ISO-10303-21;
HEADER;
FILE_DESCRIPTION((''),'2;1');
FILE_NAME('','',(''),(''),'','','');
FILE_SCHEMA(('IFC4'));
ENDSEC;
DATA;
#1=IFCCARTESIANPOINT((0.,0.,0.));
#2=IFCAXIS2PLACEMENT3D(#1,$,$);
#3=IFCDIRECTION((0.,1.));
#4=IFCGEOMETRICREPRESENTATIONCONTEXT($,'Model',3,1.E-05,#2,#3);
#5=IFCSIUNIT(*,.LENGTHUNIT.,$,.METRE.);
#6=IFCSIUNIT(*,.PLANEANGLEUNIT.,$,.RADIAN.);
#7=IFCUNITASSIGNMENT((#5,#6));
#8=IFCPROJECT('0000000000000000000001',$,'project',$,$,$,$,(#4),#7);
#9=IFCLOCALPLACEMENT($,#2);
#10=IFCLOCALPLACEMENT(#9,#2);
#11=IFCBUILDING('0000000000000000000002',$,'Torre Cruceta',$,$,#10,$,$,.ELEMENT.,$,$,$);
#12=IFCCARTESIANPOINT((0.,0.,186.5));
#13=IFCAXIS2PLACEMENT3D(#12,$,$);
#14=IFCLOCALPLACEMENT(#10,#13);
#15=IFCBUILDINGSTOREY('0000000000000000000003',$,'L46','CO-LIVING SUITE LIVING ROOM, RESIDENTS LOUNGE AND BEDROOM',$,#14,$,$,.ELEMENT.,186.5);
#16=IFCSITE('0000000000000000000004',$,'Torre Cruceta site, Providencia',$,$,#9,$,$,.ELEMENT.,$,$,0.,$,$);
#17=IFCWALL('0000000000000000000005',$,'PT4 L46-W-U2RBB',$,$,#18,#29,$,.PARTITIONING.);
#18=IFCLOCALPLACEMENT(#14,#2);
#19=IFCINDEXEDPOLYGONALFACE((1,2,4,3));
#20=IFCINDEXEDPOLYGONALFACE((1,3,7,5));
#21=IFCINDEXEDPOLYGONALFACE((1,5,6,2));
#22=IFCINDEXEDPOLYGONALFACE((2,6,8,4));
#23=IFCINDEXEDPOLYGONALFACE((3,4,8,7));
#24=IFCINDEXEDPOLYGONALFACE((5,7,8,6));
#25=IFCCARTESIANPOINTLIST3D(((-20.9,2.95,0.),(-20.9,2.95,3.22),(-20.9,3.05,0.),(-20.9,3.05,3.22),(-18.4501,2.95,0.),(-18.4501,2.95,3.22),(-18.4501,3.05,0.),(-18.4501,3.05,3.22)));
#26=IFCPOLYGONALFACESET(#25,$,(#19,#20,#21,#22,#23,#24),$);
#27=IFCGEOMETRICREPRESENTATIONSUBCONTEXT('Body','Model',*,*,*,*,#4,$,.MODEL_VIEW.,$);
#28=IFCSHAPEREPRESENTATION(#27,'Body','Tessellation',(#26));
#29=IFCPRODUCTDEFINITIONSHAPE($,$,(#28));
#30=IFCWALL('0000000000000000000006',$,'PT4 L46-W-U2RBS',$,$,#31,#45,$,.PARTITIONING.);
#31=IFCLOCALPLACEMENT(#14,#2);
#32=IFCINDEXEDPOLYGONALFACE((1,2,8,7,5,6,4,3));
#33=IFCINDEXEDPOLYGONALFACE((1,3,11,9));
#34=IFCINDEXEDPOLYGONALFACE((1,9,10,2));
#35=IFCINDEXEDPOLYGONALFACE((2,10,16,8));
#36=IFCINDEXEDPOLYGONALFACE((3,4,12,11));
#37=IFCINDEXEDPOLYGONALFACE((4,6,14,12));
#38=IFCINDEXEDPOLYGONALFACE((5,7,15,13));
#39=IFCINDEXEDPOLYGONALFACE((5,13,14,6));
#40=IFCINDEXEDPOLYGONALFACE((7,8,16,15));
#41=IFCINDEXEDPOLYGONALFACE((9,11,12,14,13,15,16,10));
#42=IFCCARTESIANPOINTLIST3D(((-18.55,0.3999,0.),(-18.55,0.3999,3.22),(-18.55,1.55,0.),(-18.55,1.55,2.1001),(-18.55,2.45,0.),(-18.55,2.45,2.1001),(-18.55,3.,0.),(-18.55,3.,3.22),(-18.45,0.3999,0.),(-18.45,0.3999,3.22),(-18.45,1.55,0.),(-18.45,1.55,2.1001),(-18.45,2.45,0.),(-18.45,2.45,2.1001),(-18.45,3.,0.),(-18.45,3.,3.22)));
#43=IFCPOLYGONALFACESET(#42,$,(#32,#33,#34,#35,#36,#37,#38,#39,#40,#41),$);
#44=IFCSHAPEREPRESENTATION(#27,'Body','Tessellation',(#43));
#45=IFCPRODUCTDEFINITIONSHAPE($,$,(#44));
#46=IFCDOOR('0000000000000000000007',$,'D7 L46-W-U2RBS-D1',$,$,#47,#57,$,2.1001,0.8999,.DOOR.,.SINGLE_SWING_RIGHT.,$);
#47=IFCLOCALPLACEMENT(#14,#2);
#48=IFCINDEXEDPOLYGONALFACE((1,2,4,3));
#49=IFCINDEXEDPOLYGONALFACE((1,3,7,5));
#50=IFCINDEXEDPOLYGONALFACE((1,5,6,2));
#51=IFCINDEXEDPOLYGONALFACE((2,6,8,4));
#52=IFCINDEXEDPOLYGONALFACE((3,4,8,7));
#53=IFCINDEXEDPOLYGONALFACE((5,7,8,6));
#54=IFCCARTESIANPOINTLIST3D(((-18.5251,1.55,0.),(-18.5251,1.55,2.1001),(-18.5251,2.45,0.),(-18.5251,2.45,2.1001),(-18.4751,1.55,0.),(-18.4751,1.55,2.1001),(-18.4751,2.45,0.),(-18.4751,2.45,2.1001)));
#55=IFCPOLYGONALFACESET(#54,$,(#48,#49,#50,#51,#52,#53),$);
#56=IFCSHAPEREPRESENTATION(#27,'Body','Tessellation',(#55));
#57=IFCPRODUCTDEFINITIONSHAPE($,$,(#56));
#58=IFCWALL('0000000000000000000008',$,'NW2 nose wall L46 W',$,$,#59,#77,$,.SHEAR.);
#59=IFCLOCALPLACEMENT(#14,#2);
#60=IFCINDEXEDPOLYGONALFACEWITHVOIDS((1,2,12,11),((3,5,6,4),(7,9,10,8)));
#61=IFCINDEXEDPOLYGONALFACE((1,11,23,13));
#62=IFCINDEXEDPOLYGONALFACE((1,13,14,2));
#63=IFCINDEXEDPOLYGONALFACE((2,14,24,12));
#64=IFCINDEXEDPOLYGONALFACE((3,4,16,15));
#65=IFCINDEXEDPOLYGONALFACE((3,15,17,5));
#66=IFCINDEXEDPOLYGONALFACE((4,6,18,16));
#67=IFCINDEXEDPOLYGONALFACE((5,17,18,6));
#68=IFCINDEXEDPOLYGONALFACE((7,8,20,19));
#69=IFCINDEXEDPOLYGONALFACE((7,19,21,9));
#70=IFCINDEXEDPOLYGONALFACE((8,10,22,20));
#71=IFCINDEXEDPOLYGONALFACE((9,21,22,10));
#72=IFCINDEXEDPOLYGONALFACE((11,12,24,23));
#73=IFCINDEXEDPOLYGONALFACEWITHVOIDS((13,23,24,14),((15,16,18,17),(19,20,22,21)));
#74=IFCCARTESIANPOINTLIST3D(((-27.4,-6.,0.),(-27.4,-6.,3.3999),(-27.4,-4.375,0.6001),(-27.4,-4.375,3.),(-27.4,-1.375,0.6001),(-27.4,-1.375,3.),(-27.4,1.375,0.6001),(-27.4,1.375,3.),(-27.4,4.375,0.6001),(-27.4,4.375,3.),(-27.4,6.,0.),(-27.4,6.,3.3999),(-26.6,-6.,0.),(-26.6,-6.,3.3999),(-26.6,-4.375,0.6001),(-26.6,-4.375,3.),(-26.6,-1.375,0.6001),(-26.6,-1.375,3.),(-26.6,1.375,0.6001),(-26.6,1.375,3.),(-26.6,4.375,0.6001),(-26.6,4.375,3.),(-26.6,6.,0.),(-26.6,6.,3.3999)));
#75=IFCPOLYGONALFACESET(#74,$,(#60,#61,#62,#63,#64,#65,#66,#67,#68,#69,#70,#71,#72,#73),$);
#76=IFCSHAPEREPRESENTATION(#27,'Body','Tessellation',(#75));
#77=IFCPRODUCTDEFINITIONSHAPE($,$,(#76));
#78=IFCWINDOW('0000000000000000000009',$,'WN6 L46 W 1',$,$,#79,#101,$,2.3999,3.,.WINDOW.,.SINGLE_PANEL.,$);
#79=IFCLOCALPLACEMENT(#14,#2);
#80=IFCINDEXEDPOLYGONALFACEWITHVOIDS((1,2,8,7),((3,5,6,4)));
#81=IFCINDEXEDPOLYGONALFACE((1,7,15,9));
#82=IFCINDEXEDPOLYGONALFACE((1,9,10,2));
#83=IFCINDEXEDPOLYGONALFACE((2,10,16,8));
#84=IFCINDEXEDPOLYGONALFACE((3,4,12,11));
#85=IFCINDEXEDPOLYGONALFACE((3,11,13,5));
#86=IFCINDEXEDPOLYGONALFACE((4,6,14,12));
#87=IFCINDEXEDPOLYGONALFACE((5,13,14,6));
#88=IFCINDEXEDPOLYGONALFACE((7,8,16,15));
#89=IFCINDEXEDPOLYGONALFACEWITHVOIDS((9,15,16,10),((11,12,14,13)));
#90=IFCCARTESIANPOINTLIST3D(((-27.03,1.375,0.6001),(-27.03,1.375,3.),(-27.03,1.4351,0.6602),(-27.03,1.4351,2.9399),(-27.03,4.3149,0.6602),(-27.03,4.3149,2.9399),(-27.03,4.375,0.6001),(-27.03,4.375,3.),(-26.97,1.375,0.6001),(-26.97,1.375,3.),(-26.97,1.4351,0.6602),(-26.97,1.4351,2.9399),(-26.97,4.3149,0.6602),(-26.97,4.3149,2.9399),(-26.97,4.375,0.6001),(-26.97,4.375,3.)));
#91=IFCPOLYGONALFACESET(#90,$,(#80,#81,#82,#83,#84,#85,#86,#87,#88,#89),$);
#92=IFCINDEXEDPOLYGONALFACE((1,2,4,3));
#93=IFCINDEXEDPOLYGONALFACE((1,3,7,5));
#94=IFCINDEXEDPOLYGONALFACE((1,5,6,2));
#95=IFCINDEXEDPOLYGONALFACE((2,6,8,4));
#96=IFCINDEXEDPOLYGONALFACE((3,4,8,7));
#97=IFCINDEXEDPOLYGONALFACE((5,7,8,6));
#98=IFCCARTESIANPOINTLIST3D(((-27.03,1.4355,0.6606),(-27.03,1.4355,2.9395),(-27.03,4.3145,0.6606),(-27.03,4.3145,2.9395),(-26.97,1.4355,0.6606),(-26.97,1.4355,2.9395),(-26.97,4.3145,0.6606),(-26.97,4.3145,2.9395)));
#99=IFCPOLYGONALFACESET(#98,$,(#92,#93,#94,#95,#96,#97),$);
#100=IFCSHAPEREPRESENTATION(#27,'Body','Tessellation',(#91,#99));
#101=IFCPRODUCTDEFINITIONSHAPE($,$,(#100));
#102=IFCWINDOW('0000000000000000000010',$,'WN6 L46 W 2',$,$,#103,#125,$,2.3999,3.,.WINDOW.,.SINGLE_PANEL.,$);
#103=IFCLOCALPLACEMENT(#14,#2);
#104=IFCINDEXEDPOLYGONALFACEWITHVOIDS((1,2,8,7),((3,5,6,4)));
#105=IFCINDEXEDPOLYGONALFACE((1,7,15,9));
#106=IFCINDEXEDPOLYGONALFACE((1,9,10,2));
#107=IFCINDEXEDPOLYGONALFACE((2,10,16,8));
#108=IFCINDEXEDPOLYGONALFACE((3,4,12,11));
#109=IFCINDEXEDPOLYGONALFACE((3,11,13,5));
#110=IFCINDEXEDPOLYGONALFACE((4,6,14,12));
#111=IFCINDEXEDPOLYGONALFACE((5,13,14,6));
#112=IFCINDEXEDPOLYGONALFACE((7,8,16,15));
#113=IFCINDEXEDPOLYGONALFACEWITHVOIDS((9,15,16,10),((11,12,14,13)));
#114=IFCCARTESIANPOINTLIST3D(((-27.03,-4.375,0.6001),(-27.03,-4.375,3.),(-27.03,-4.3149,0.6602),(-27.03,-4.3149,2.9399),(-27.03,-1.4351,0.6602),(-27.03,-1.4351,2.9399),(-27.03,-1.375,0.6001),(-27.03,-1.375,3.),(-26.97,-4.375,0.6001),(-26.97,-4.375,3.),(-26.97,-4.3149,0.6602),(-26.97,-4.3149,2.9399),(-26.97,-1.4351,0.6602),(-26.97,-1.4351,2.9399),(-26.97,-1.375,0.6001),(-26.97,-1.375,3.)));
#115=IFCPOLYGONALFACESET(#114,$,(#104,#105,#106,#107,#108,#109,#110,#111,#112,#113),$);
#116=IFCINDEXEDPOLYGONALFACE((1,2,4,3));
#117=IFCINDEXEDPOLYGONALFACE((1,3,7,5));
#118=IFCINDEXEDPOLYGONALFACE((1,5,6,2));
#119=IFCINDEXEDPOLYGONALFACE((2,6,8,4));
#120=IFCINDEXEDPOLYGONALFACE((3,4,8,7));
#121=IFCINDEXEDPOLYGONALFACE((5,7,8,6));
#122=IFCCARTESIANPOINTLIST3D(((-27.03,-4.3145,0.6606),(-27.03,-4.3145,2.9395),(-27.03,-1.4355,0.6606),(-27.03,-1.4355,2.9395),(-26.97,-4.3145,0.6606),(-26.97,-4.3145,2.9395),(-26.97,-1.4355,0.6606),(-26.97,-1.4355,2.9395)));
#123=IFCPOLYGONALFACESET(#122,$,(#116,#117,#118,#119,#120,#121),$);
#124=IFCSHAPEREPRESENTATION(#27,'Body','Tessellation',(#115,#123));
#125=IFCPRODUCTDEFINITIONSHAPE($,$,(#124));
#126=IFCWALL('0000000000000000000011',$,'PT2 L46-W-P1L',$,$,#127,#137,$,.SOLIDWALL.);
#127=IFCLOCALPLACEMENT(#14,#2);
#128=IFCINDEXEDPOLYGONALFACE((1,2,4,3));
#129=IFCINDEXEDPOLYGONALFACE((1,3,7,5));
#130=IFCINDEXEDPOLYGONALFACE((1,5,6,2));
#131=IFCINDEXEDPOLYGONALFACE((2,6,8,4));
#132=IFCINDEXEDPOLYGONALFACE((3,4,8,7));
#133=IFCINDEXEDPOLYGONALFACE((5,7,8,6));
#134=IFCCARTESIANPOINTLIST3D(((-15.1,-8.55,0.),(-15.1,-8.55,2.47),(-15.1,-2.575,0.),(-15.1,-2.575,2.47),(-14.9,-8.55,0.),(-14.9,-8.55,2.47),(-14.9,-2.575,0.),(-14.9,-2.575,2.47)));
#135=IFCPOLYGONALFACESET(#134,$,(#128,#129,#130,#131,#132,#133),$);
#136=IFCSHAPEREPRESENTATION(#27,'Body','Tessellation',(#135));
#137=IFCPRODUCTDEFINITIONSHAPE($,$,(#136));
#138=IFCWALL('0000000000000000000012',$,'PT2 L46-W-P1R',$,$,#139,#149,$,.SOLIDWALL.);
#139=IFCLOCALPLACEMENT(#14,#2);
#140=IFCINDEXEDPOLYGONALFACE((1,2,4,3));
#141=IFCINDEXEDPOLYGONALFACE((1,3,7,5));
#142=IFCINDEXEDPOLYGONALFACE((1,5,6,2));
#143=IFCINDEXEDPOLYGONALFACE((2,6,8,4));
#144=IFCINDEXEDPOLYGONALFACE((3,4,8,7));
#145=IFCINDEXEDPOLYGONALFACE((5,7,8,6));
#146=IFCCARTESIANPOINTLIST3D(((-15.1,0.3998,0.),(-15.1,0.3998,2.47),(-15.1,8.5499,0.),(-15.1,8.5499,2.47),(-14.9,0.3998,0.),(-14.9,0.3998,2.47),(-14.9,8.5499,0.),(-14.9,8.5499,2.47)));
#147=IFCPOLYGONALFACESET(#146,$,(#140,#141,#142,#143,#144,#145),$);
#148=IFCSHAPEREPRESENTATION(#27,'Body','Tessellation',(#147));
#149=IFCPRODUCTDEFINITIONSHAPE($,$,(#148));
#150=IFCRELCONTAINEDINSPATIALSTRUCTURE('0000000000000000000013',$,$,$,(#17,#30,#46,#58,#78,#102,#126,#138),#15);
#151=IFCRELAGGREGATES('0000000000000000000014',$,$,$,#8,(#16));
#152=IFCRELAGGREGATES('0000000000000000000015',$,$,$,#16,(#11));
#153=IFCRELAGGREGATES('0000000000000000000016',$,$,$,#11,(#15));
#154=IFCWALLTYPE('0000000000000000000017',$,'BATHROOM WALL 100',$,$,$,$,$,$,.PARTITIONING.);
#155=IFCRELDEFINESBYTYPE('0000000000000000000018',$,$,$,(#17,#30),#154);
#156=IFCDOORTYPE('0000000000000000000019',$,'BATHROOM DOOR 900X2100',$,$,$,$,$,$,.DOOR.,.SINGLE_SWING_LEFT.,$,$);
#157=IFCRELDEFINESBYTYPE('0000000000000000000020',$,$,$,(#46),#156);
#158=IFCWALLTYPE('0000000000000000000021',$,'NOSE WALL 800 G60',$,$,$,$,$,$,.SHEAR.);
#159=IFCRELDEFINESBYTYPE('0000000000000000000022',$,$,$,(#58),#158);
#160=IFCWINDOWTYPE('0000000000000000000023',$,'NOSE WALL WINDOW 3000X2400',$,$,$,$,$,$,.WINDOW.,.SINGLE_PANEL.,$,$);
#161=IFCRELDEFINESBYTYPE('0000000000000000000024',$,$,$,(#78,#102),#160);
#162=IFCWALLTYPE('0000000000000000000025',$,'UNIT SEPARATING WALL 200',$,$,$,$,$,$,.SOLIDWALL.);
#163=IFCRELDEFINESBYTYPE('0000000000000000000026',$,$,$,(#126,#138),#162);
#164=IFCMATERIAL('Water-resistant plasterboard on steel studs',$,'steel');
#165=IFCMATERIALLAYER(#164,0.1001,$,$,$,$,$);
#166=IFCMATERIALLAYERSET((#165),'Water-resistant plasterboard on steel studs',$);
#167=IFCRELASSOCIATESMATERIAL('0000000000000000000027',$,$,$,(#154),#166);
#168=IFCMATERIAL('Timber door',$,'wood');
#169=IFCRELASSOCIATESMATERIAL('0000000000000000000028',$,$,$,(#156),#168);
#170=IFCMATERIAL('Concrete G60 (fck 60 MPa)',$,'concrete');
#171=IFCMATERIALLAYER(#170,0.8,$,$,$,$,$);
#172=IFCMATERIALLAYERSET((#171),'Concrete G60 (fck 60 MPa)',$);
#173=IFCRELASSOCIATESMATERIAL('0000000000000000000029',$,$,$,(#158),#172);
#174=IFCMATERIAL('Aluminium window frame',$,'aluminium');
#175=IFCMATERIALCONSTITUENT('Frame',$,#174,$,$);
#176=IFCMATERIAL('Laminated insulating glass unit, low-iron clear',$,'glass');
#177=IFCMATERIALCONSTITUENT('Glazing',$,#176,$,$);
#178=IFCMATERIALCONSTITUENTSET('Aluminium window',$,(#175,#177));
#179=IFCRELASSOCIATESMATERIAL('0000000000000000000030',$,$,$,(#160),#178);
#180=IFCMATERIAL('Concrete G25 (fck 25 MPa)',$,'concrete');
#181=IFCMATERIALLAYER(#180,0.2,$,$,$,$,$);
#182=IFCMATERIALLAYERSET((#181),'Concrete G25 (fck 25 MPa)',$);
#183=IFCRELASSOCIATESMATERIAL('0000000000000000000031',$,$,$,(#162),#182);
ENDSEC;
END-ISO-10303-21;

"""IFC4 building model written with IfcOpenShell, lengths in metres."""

from ifc_helpers import new_model, si_unit, direction, frame, frame_2d, origin, place, context, subcontext, project, spatial, rectangle, hollow_rectangle, extrude, material, layer, layer_set, constituent, constituent_set, type_object, element, fill, save


model = new_model("IFC4")

# Units and contexts
model_context = context("Model", 3, precision=1e-05, world=origin(), true_north=direction((0.0, 1.0)))
body_context = subcontext(model_context, "Body", "Model", "MODEL_VIEW")
ifc_project = project(units=[si_unit("LENGTHUNIT", "METRE"), si_unit("PLANEANGLEUNIT", "RADIAN")], contexts=[model_context])

# Site, building, storey
site_placement = place(None, origin())
site = spatial("IfcSite", under=ifc_project, at=site_placement, Name="Torre Cruceta site, Providencia", CompositionType="ELEMENT", RefElevation=0.0)
building_placement = place(site_placement, origin())
building = spatial("IfcBuilding", under=site, at=building_placement, Name="Torre Cruceta", CompositionType="ELEMENT")
storey_placement = place(building_placement, frame((0.0, 0.0, 186.5)))
storey = spatial("IfcBuildingStorey", under=building, at=storey_placement, Name="L46", Description="CO-LIVING SUITE LIVING ROOM, RESIDENTS LOUNGE AND BEDROOM", CompositionType="ELEMENT", Elevation=186.5)

# Wall
ifc_material_1 = material(Name="Water-resistant plasterboard on steel studs", Category="steel")
ifc_layer_1 = layer(ifc_material_1, 0.1001)
ifc_layer_set_1 = layer_set([ifc_layer_1], Name="Water-resistant plasterboard on steel studs")
wall_type_1 = type_object("IfcWallType", Name="BATHROOM WALL 100", PredefinedType="PARTITIONING", material=ifc_layer_set_1)
wall_1_placement = place(storey_placement, frame((-18.45, 3.0, 0.0), z_axis=(0.0, 0.0, 1.0), x_axis=(-1.0, 0.0, 0.0)))
element("IfcWall", 1, at=wall_1_placement, inside=storey, type_object=wall_type_1, Name="PT4 L46-W-U2RBB", PredefinedType="PARTITIONING", context=body_context, shape_type="SweptSolid", body=[
    extrude(rectangle(XDim=2.45, YDim=0.1001, at=frame_2d((1.2251, 0.0))), origin(), (0.0, 0.0, 1.0), 3.22),
])

# Wall, opening, door
wall_2_placement = place(storey_placement, frame((-18.5, 3.0, 0.0), z_axis=(0.0, 0.0, 1.0), x_axis=(0.0, -1.0, 0.0)))
wall_2 = element("IfcWall", 2, at=wall_2_placement, inside=storey, type_object=wall_type_1, Name="PT4 L46-W-U2RBS", PredefinedType="PARTITIONING", context=body_context, shape_type="SweptSolid", body=[
    extrude(rectangle(XDim=2.6001, YDim=0.1001, at=frame_2d((1.3, 0.0))), origin(), (0.0, 0.0, 1.0), 3.22),
])
opening_1_placement = place(wall_2_placement, frame((0.55, 0.0, 0.0)))
opening_1 = element("IfcOpeningElement", 3, at=opening_1_placement, cuts=wall_2, PredefinedType="OPENING", context=body_context, shape_type="SweptSolid", body=[
    extrude(rectangle(XDim=0.8999, YDim=2.1001, at=frame_2d((0.45, 1.05))), frame((0.0, 0.0601, 0.0), z_axis=(0.0, -1.0, 0.0), x_axis=(1.0, 0.0, 0.0)), (0.0, 0.0, 1.0), 0.1201),
])
ifc_material_2 = material(Name="Timber door", Category="wood")
door_type_1 = type_object("IfcDoorType", Name="BATHROOM DOOR 900X2100", OperationType="SINGLE_SWING_LEFT", PredefinedType="DOOR", material=ifc_material_2)
door_1_placement = place(opening_1_placement, frame((0.8999, 0.0, 0.0), z_axis=(0.0, 0.0, 1.0), x_axis=(-1.0, 0.0, 0.0)))
door_1 = element("IfcDoor", 4, at=door_1_placement, inside=storey, type_object=door_type_1, Name="D7 L46-W-U2RBS-D1", OperationType="SINGLE_SWING_RIGHT", OverallHeight=2.1001, OverallWidth=0.8999, PredefinedType="DOOR", context=body_context, shape_type="SweptSolid", body=[
    extrude(rectangle(XDim=0.8999, YDim=2.1001, at=frame_2d((0.45, 1.05))), frame((0.0, 0.0251, 0.0), z_axis=(0.0, -1.0, 0.0), x_axis=(1.0, 0.0, 0.0)), (0.0, 0.0, 1.0), 0.05),
])
fill(opening_1, door_1)

# Wall, openings, windows
ifc_material_3 = material(Name="Concrete G60 (fck 60 MPa)", Category="concrete")
ifc_layer_2 = layer(ifc_material_3, 0.8)
ifc_layer_set_2 = layer_set([ifc_layer_2], Name="Concrete G60 (fck 60 MPa)")
wall_type_2 = type_object("IfcWallType", Name="NOSE WALL 800 G60", PredefinedType="SHEAR", material=ifc_layer_set_2)
wall_3_placement = place(storey_placement, frame((-27.0, 6.0, 0.0), z_axis=(0.0, 0.0, 1.0), x_axis=(0.0, -1.0, 0.0)))
wall_3 = element("IfcWall", 5, at=wall_3_placement, inside=storey, type_object=wall_type_2, Name="NW2 nose wall L46 W", PredefinedType="SHEAR", context=body_context, shape_type="SweptSolid", body=[
    extrude(rectangle(XDim=12.0, YDim=0.8, at=frame_2d((6.0, 0.0))), origin(), (0.0, 0.0, 1.0), 3.3999),
])
opening_2_placement = place(wall_3_placement, frame((1.625, 0.0, 0.6001)))
opening_2 = element("IfcOpeningElement", 6, at=opening_2_placement, cuts=wall_3, PredefinedType="OPENING", context=body_context, shape_type="SweptSolid", body=[
    extrude(rectangle(XDim=3.0, YDim=2.3999, at=frame_2d((1.5, 1.2))), frame((0.0, 0.4099, 0.0), z_axis=(0.0, -1.0, 0.0), x_axis=(1.0, 0.0, 0.0)), (0.0, 0.0, 1.0), 0.8201),
])
opening_3_placement = place(wall_3_placement, frame((7.375, 0.0, 0.6001)))
opening_3 = element("IfcOpeningElement", 7, at=opening_3_placement, cuts=wall_3, PredefinedType="OPENING", context=body_context, shape_type="SweptSolid", body=[
    extrude(rectangle(XDim=3.0, YDim=2.3999, at=frame_2d((1.5, 1.2))), frame((0.0, 0.4099, 0.0), z_axis=(0.0, -1.0, 0.0), x_axis=(1.0, 0.0, 0.0)), (0.0, 0.0, 1.0), 0.8201),
])
ifc_material_4 = material(Name="Aluminium window frame", Category="aluminium")
ifc_constituent_1 = constituent(ifc_material_4, Name="Frame")
ifc_material_5 = material(Name="Laminated insulating glass unit, low-iron clear", Category="glass")
ifc_constituent_2 = constituent(ifc_material_5, Name="Glazing")
ifc_constituent_set_1 = constituent_set(constituents=[ifc_constituent_1, ifc_constituent_2], Name="Aluminium window")
window_type = type_object("IfcWindowType", Name="NOSE WALL WINDOW 3000X2400", PartitioningType="SINGLE_PANEL", PredefinedType="WINDOW", material=ifc_constituent_set_1)
window_1_placement = place(opening_2_placement, origin())
window_1 = element("IfcWindow", 8, at=window_1_placement, inside=storey, type_object=window_type, Name="WN6 L46 W 1", OverallHeight=2.3999, OverallWidth=3.0, PartitioningType="SINGLE_PANEL", PredefinedType="WINDOW", context=body_context, shape_type="SweptSolid", body=[
    extrude(hollow_rectangle(XDim=3.0, YDim=2.3999, WallThickness=0.0601, at=frame_2d((1.5, 1.2))), frame((0.0, 0.03, 0.0), z_axis=(0.0, -1.0, 0.0), x_axis=(1.0, 0.0, 0.0)), (0.0, 0.0, 1.0), 0.0601),
    extrude(rectangle(XDim=2.8789, YDim=2.2788, at=frame_2d((1.5, 1.2))), frame((0.0, 0.03, 0.0), z_axis=(0.0, -1.0, 0.0), x_axis=(1.0, 0.0, 0.0)), (0.0, 0.0, 1.0), 0.0601),
])
fill(opening_2, window_1)
window_2_placement = place(opening_3_placement, origin())
window_2 = element("IfcWindow", 9, at=window_2_placement, inside=storey, type_object=window_type, Name="WN6 L46 W 2", OverallHeight=2.3999, OverallWidth=3.0, PartitioningType="SINGLE_PANEL", PredefinedType="WINDOW", context=body_context, shape_type="SweptSolid", body=[
    extrude(hollow_rectangle(XDim=3.0, YDim=2.3999, WallThickness=0.0601, at=frame_2d((1.5, 1.2))), frame((0.0, 0.03, 0.0), z_axis=(0.0, -1.0, 0.0), x_axis=(1.0, 0.0, 0.0)), (0.0, 0.0, 1.0), 0.0601),
    extrude(rectangle(XDim=2.8789, YDim=2.2788, at=frame_2d((1.5, 1.2))), frame((0.0, 0.03, 0.0), z_axis=(0.0, -1.0, 0.0), x_axis=(1.0, 0.0, 0.0)), (0.0, 0.0, 1.0), 0.0601),
])
fill(opening_3, window_2)

# Walls
ifc_material_6 = material(Name="Concrete G25 (fck 25 MPa)", Category="concrete")
ifc_layer_3 = layer(ifc_material_6, 0.2)
ifc_layer_set_3 = layer_set([ifc_layer_3], Name="Concrete G25 (fck 25 MPa)")
wall_type_3 = type_object("IfcWallType", Name="UNIT SEPARATING WALL 200", PredefinedType="SOLIDWALL", material=ifc_layer_set_3)
wall_4_placement = place(storey_placement, frame((-15.0, -2.575, 0.0), z_axis=(0.0, 0.0, 1.0), x_axis=(0.0, -1.0, 0.0)))
element("IfcWall", 10, at=wall_4_placement, inside=storey, type_object=wall_type_3, Name="PT2 L46-W-P1L", PredefinedType="SOLIDWALL", context=body_context, shape_type="SweptSolid", body=[
    extrude(rectangle(XDim=5.9751, YDim=0.2, at=frame_2d((2.9875, 0.0))), origin(), (0.0, 0.0, 1.0), 2.47),
])
wall_5_placement = place(storey_placement, frame((-15.0, 8.55, 0.0), z_axis=(0.0, 0.0, 1.0), x_axis=(0.0, -1.0, 0.0)))
element("IfcWall", 11, at=wall_5_placement, inside=storey, type_object=wall_type_3, Name="PT2 L46-W-P1R", PredefinedType="SOLIDWALL", context=body_context, shape_type="SweptSolid", body=[
    extrude(rectangle(XDim=8.1501, YDim=0.2, at=frame_2d((4.0752, 0.0))), origin(), (0.0, 0.0, 1.0), 2.47),
])

save(model, "model.ifc")
